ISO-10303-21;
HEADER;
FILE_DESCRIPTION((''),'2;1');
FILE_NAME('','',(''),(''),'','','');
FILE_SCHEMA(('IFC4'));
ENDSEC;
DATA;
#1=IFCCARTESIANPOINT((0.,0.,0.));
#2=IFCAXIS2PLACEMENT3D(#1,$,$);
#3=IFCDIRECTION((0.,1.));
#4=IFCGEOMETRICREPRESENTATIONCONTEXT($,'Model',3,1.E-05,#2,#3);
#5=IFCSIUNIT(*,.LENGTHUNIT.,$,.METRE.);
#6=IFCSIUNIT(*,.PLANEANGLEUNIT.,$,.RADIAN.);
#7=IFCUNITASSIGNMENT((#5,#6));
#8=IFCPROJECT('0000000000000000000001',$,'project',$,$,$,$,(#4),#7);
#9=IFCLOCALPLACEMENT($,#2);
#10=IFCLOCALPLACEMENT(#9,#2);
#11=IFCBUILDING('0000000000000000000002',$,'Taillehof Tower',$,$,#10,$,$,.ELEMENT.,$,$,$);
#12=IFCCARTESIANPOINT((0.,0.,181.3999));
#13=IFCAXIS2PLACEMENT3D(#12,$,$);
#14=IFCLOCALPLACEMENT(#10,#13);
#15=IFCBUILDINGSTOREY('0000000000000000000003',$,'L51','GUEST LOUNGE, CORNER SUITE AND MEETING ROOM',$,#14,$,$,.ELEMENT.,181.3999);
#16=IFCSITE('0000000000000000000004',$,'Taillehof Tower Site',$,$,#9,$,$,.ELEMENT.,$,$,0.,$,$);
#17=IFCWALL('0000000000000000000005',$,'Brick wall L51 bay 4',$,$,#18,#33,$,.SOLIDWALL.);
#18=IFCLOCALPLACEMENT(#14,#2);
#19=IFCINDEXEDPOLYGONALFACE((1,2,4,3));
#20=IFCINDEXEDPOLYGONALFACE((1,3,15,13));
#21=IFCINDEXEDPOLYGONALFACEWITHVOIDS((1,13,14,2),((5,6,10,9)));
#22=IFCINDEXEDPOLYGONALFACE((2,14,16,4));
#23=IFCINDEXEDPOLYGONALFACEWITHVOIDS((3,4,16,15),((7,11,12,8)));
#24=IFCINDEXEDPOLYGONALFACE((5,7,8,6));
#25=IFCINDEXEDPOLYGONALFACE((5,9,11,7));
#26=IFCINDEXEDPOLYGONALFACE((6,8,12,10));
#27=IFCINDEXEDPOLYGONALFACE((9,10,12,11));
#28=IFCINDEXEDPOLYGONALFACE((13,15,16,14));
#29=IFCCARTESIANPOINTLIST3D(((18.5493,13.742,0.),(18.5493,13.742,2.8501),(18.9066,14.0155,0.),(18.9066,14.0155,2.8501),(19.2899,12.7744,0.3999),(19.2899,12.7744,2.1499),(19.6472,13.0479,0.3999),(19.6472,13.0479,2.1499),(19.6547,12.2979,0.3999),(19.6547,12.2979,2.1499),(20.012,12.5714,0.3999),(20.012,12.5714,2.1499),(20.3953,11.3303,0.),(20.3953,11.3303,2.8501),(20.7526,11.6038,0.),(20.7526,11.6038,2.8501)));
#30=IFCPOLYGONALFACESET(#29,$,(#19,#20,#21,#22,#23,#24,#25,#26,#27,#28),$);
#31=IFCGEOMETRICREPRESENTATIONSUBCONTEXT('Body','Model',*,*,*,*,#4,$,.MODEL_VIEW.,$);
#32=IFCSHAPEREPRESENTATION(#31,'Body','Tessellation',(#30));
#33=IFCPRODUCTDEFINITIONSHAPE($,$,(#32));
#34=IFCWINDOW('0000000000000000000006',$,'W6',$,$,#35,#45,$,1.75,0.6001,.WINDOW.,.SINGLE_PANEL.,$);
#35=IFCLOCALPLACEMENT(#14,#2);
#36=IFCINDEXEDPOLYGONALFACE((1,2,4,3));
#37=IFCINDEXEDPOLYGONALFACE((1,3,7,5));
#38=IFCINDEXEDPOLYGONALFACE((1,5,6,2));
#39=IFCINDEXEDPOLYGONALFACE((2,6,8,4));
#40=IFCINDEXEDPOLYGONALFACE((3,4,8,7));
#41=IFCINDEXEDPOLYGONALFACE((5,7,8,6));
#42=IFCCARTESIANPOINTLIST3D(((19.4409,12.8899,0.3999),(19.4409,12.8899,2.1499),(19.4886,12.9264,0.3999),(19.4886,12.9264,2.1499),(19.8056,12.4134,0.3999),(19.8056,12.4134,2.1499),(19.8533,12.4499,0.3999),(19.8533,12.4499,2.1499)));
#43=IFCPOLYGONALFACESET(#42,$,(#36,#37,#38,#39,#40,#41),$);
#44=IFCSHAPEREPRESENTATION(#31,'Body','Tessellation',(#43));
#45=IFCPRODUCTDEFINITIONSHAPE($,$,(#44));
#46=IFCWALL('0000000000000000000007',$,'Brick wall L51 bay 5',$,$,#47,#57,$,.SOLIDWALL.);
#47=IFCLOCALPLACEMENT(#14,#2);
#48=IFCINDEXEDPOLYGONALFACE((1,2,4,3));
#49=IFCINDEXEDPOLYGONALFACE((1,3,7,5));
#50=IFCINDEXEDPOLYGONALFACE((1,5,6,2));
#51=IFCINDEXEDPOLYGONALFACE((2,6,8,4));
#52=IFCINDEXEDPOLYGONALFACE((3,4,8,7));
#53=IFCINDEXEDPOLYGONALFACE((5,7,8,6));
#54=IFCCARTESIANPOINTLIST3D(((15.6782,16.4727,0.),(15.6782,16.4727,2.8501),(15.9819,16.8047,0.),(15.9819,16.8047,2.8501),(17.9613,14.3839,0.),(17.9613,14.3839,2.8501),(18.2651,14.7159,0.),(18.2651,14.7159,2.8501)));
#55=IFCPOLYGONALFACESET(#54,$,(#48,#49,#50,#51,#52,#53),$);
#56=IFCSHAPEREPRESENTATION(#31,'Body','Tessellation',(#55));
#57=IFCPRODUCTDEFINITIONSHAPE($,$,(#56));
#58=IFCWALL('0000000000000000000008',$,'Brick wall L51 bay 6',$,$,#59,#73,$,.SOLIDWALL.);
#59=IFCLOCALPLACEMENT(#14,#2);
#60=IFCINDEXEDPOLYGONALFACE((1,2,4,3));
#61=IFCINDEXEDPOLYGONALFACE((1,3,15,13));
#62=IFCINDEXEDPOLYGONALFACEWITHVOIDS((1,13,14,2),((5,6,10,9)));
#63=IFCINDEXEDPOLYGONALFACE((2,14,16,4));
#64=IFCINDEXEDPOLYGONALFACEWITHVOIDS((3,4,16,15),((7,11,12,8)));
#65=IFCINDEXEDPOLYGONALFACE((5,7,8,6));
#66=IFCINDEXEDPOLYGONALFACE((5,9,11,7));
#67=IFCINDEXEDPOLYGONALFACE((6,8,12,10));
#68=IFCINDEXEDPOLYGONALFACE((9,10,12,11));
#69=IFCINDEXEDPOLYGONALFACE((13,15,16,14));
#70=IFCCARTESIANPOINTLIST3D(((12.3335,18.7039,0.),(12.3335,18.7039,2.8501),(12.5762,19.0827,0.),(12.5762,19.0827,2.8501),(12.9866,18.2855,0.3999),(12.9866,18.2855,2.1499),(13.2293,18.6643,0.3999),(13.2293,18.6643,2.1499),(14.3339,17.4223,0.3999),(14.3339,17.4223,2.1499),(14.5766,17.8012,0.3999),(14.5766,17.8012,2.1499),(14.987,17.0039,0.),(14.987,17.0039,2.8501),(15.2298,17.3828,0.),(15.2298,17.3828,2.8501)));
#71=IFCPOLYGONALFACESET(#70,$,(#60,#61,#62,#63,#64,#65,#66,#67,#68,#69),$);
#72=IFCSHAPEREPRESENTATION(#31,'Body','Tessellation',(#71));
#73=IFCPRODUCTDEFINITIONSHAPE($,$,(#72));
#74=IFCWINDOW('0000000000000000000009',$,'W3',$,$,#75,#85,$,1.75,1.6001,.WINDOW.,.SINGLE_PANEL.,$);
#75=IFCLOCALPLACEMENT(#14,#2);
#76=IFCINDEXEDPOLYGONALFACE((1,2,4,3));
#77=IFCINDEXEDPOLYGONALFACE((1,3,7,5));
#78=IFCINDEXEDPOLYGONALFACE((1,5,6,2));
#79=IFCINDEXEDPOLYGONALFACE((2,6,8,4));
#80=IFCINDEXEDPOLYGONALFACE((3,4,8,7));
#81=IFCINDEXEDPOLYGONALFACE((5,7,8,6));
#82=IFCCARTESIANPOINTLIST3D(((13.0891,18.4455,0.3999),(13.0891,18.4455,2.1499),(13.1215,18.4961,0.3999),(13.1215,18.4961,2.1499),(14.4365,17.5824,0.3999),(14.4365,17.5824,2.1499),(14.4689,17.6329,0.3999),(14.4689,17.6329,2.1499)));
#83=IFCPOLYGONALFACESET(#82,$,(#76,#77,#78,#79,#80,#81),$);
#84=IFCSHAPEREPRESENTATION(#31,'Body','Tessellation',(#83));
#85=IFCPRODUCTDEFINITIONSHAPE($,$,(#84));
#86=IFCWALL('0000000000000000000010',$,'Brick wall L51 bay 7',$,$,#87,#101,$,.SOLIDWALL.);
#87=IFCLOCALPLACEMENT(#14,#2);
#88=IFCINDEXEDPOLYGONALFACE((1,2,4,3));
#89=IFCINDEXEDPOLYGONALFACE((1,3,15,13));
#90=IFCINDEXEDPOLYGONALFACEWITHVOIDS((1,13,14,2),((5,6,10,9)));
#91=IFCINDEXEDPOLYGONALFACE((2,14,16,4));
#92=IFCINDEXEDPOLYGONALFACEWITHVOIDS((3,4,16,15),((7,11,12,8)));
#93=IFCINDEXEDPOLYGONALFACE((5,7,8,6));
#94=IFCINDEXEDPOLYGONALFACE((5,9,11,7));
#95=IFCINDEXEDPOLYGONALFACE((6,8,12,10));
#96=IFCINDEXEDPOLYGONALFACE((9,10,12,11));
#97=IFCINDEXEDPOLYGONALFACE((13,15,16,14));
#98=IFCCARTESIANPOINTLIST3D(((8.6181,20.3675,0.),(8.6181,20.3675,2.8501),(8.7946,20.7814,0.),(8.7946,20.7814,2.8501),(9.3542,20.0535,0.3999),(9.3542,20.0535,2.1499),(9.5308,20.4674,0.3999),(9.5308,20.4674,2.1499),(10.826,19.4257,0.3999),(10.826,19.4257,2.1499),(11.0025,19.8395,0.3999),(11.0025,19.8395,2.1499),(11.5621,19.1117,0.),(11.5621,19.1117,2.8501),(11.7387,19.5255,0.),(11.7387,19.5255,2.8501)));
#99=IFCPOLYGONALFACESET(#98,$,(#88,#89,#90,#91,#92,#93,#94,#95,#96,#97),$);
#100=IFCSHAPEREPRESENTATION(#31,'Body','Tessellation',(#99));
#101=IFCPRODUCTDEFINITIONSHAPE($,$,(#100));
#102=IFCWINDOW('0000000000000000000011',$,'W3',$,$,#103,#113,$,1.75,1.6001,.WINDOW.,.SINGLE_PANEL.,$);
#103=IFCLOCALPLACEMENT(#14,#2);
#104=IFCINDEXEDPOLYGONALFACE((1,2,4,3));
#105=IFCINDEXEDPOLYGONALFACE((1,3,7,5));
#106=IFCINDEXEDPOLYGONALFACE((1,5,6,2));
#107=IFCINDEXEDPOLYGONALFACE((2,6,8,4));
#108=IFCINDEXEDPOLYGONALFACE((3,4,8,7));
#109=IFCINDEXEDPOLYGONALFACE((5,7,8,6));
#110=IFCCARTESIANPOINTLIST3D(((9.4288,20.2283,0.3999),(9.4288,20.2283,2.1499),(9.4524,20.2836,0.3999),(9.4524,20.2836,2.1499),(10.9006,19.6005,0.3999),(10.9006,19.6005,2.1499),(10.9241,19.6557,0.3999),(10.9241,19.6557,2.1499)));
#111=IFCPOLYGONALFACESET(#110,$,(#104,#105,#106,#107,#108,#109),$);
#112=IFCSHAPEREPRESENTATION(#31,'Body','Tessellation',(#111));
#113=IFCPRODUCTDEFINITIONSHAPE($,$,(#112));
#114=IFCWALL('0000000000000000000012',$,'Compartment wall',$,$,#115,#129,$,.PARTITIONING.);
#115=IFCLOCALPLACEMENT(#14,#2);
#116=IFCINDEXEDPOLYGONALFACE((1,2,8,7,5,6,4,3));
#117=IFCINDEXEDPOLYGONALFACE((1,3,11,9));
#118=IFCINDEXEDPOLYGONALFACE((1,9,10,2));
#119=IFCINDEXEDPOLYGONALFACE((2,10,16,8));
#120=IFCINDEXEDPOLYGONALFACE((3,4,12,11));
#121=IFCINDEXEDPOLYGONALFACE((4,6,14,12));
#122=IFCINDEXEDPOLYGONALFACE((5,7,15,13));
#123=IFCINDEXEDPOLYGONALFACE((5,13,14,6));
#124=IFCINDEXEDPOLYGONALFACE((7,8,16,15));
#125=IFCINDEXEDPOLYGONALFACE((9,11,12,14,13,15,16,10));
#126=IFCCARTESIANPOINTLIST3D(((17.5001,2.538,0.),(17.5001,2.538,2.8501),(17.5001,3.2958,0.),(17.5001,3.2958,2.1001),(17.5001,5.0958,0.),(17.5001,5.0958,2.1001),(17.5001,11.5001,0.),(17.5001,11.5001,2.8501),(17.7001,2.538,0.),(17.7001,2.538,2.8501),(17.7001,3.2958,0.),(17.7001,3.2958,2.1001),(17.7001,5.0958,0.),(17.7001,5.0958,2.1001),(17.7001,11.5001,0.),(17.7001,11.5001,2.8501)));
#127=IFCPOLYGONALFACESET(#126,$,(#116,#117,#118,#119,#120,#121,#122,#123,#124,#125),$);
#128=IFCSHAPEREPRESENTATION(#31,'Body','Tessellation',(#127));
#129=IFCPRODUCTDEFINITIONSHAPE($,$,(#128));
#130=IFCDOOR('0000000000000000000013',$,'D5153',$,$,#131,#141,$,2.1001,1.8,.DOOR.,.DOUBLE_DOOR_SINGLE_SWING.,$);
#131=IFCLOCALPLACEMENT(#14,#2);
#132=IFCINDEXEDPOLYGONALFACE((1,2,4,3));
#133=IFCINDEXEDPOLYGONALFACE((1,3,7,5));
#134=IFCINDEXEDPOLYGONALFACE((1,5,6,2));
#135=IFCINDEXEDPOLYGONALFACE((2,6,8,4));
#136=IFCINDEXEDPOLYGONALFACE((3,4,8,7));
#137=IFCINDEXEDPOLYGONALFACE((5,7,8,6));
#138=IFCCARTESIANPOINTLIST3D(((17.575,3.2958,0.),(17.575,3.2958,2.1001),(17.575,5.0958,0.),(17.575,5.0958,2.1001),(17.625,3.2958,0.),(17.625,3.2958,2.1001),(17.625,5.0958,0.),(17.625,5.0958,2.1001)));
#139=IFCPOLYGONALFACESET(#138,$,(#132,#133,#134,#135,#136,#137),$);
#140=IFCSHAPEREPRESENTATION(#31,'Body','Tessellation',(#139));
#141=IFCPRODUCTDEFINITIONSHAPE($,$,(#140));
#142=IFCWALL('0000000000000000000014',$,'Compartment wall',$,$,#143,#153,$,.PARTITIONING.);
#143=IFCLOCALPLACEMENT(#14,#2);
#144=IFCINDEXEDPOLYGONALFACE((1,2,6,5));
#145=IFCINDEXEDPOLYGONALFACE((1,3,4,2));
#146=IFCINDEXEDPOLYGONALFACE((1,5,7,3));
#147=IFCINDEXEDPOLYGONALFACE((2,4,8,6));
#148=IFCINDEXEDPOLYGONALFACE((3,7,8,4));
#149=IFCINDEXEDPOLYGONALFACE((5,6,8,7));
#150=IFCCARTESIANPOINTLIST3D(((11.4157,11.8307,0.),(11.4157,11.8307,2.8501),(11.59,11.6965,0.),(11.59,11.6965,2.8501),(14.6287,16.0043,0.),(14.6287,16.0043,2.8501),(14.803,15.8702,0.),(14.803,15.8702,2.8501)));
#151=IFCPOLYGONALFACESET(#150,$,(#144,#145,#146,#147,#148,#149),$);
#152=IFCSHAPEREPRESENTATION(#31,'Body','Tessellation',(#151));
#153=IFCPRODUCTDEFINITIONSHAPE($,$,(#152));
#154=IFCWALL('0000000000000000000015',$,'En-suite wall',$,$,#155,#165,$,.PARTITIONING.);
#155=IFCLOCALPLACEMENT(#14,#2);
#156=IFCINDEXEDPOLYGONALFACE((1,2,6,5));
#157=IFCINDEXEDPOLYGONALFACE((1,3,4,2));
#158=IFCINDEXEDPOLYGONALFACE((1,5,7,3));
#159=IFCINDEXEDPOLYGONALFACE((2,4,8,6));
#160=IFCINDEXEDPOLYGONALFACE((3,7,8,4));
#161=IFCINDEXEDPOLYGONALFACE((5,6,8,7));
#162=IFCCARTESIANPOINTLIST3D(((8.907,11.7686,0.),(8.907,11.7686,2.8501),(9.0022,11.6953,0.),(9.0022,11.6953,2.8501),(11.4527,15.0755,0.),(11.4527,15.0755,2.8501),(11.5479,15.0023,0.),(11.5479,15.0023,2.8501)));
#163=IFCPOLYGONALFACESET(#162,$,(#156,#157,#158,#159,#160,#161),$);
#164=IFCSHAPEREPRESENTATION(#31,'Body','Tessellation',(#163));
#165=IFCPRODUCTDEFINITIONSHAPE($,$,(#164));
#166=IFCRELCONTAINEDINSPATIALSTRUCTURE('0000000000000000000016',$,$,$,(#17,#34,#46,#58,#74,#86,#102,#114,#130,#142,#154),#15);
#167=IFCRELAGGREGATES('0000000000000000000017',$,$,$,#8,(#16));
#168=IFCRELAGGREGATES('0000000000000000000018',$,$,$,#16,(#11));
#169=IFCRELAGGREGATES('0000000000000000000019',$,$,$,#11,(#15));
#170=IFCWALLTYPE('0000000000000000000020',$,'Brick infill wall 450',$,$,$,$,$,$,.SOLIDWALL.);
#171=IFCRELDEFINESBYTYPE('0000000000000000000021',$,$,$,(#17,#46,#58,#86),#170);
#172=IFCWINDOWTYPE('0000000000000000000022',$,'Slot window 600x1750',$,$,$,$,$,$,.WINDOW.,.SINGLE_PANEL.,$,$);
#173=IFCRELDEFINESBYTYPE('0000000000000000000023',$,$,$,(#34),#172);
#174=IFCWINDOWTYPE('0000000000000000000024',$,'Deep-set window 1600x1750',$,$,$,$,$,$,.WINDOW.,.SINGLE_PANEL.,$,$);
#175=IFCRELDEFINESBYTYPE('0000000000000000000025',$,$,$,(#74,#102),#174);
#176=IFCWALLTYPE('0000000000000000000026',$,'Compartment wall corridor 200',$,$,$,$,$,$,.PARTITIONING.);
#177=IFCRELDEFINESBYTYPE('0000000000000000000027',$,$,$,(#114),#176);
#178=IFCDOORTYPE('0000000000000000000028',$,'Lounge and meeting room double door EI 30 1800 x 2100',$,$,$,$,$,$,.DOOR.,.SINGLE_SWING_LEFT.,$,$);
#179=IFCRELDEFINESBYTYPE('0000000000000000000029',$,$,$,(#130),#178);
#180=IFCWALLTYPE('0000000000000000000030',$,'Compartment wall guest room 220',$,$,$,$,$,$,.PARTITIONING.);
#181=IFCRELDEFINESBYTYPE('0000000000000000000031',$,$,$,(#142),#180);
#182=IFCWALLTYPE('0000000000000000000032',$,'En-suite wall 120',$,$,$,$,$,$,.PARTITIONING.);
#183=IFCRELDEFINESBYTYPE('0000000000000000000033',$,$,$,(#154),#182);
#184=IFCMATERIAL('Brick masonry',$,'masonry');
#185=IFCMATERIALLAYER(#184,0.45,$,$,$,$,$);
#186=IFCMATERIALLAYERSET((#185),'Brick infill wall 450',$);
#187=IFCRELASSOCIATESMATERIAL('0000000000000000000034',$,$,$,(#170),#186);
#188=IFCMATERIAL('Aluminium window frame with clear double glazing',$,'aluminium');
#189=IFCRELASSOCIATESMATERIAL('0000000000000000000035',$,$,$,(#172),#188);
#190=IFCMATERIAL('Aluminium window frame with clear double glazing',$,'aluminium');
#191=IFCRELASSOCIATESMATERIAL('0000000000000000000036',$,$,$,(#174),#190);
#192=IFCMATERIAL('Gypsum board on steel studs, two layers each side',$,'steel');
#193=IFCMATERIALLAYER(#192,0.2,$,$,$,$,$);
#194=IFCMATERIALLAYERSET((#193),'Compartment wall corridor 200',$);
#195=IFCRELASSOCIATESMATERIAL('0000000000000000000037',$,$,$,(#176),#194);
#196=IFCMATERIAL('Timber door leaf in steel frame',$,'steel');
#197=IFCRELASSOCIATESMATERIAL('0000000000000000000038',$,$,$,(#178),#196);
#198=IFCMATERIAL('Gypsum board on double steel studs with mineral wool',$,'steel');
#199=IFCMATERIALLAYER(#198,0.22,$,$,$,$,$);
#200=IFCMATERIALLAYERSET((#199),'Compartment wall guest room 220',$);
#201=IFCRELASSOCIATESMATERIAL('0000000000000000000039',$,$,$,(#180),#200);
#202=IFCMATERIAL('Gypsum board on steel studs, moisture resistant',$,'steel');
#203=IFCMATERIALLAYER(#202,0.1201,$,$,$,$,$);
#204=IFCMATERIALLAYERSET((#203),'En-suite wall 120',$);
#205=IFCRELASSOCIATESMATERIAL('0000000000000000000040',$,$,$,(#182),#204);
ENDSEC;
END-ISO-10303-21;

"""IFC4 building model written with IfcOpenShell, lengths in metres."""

from ifc_helpers import new_model, si_unit, direction, frame, frame_2d, origin, place, context, subcontext, project, spatial, rectangle, extrude, material, layer, layer_set, type_object, element, fill, save


model = new_model("IFC4")

# Units and contexts
model_context = context("Model", 3, precision=1e-05, world=origin(), true_north=direction((0.0, 1.0)))
body_context = subcontext(model_context, "Body", "Model", "MODEL_VIEW")
ifc_project = project(units=[si_unit("LENGTHUNIT", "METRE"), si_unit("PLANEANGLEUNIT", "RADIAN")], contexts=[model_context])

# Site, building, storey
site_placement = place(None, origin())
site = spatial("IfcSite", under=ifc_project, at=site_placement, Name="Taillehof Tower Site", CompositionType="ELEMENT", RefElevation=0.0)
building_placement = place(site_placement, origin())
building = spatial("IfcBuilding", under=site, at=building_placement, Name="Taillehof Tower", CompositionType="ELEMENT")
storey_placement = place(building_placement, frame((0.0, 0.0, 181.3999)))
storey = spatial("IfcBuildingStorey", under=building, at=storey_placement, Name="L51", Description="GUEST LOUNGE, CORNER SUITE AND MEETING ROOM", CompositionType="ELEMENT", Elevation=181.3999)

# Wall, opening, window
ifc_material_1 = material(Name="Brick masonry", Category="masonry")
ifc_layer_1 = layer(ifc_material_1, 0.45)
ifc_layer_set_1 = layer_set([ifc_layer_1], Name="Brick infill wall 450")
wall_type_1 = type_object("IfcWallType", Name="Brick infill wall 450", PredefinedType="SOLIDWALL", material=ifc_layer_set_1)
wall_1_placement = place(storey_placement, frame((20.574, 11.467, 0.0), z_axis=(0.0, 0.0, 1.0), x_axis=(-0.607817, 0.794077, 0.0)))
wall_1 = element("IfcWall", 1, at=wall_1_placement, inside=storey, type_object=wall_type_1, Name="Brick wall L51 bay 4", PredefinedType="SOLIDWALL", context=body_context, shape_type="SweptSolid", body=[
    extrude(rectangle(XDim=3.0371, YDim=0.45, at=frame_2d((1.5186, 0.0))), origin(), (0.0, 0.0, 1.0), 2.8501),
])
opening_1_placement = place(wall_1_placement, frame((1.2185, 0.0, 0.3999)))
opening_1 = element("IfcOpeningElement", 2, at=opening_1_placement, cuts=wall_1, PredefinedType="OPENING", context=body_context, shape_type="SweptSolid", body=[
    extrude(rectangle(XDim=0.6001, YDim=1.75, at=frame_2d((0.3, 0.875))), frame((0.0, 0.2349, 0.0), z_axis=(0.0, -1.0, 0.0), x_axis=(1.0, 0.0, 0.0)), (0.0, 0.0, 1.0), 0.47),
])
ifc_material_2 = material(Name="Aluminium window frame with clear double glazing", Category="aluminium")
window_type_1 = type_object("IfcWindowType", Name="Slot window 600x1750", PartitioningType="SINGLE_PANEL", PredefinedType="WINDOW", material=ifc_material_2)
window_1_placement = place(opening_1_placement, origin())
window_1 = element("IfcWindow", 3, at=window_1_placement, inside=storey, type_object=window_type_1, Name="W6", OverallHeight=1.75, OverallWidth=0.6001, PartitioningType="SINGLE_PANEL", PredefinedType="WINDOW", context=body_context, shape_type="SweptSolid", body=[
    extrude(rectangle(XDim=0.6001, YDim=1.75, at=frame_2d((0.3, 0.875))), frame((0.0, 0.0349, 0.0), z_axis=(0.0, -1.0, 0.0), x_axis=(1.0, 0.0, 0.0)), (0.0, 0.0, 1.0), 0.0601),
])
fill(opening_1, window_1)

# Wall
wall_2_placement = place(storey_placement, frame((18.1133, 14.5498, 0.0), z_axis=(0.0, 0.0, 1.0), x_axis=(-0.737809, 0.67501, 0.0)))
element("IfcWall", 4, at=wall_2_placement, inside=storey, type_object=wall_type_1, Name="Brick wall L51 bay 5", PredefinedType="SOLIDWALL", context=body_context, shape_type="SweptSolid", body=[
    extrude(rectangle(XDim=3.0945, YDim=0.45, at=frame_2d((1.5474, 0.0))), origin(), (0.0, 0.0, 1.0), 2.8501),
])

# Walls, openings, windows
wall_3_placement = place(storey_placement, frame((15.1084, 17.1934, 0.0), z_axis=(0.0, 0.0, 1.0), x_axis=(-0.842031, 0.53943, 0.0)))
wall_3 = element("IfcWall", 5, at=wall_3_placement, inside=storey, type_object=wall_type_1, Name="Brick wall L51 bay 6", PredefinedType="SOLIDWALL", context=body_context, shape_type="SweptSolid", body=[
    extrude(rectangle(XDim=3.1514, YDim=0.45, at=frame_2d((1.5757, 0.0))), origin(), (0.0, 0.0, 1.0), 2.8501),
])
opening_2_placement = place(wall_3_placement, frame((0.7756, 0.0, 0.3999)))
opening_2 = element("IfcOpeningElement", 6, at=opening_2_placement, cuts=wall_3, PredefinedType="OPENING", context=body_context, shape_type="SweptSolid", body=[
    extrude(rectangle(XDim=1.6001, YDim=1.75, at=frame_2d((0.8, 0.875))), frame((0.0, 0.2349, 0.0), z_axis=(0.0, -1.0, 0.0), x_axis=(1.0, 0.0, 0.0)), (0.0, 0.0, 1.0), 0.47),
])
ifc_material_3 = material(Name="Aluminium window frame with clear double glazing", Category="aluminium")
window_type_2 = type_object("IfcWindowType", Name="Deep-set window 1600x1750", PartitioningType="SINGLE_PANEL", PredefinedType="WINDOW", material=ifc_material_3)
window_2_placement = place(opening_2_placement, origin())
window_2 = element("IfcWindow", 7, at=window_2_placement, inside=storey, type_object=window_type_2, Name="W3", OverallHeight=1.75, OverallWidth=1.6001, PartitioningType="SINGLE_PANEL", PredefinedType="WINDOW", context=body_context, shape_type="SweptSolid", body=[
    extrude(rectangle(XDim=1.6001, YDim=1.75, at=frame_2d((0.8, 0.875))), frame((0.0, 0.0349, 0.0), z_axis=(0.0, -1.0, 0.0), x_axis=(1.0, 0.0, 0.0)), (0.0, 0.0, 1.0), 0.0601),
])
fill(opening_2, window_2)
wall_4_placement = place(storey_placement, frame((11.6504, 19.3186, 0.0), z_axis=(0.0, 0.0, 1.0), x_axis=(-0.91981, 0.392363, 0.0)))
wall_4 = element("IfcWall", 8, at=wall_4_placement, inside=storey, type_object=wall_type_1, Name="Brick wall L51 bay 7", PredefinedType="SOLIDWALL", context=body_context, shape_type="SweptSolid", body=[
    extrude(rectangle(XDim=3.2007, YDim=0.45, at=frame_2d((1.6003, 0.0))), origin(), (0.0, 0.0, 1.0), 2.8501),
])
opening_3_placement = place(wall_4_placement, frame((0.8003, 0.0, 0.3999)))
opening_3 = element("IfcOpeningElement", 9, at=opening_3_placement, cuts=wall_4, PredefinedType="OPENING", context=body_context, shape_type="SweptSolid", body=[
    extrude(rectangle(XDim=1.6001, YDim=1.75, at=frame_2d((0.8, 0.875))), frame((0.0, 0.2349, 0.0), z_axis=(0.0, -1.0, 0.0), x_axis=(1.0, 0.0, 0.0)), (0.0, 0.0, 1.0), 0.47),
])
window_3_placement = place(opening_3_placement, origin())
window_3 = element("IfcWindow", 10, at=window_3_placement, inside=storey, type_object=window_type_2, Name="W3", OverallHeight=1.75, OverallWidth=1.6001, PartitioningType="SINGLE_PANEL", PredefinedType="WINDOW", context=body_context, shape_type="SweptSolid", body=[
    extrude(rectangle(XDim=1.6001, YDim=1.75, at=frame_2d((0.8, 0.875))), frame((0.0, 0.0349, 0.0), z_axis=(0.0, -1.0, 0.0), x_axis=(1.0, 0.0, 0.0)), (0.0, 0.0, 1.0), 0.0601),
])
fill(opening_3, window_3)

# Wall, opening, door
ifc_material_4 = material(Name="Gypsum board on steel studs, two layers each side", Category="steel")
ifc_layer_2 = layer(ifc_material_4, 0.2)
ifc_layer_set_2 = layer_set([ifc_layer_2], Name="Compartment wall corridor 200")
wall_type_2 = type_object("IfcWallType", Name="Compartment wall corridor 200", PredefinedType="PARTITIONING", material=ifc_layer_set_2)
wall_5_placement = place(storey_placement, frame((17.6001, 11.5, 0.0), z_axis=(0.0, 0.0, 1.0), x_axis=(0.0, -1.0, 0.0)))
wall_5 = element("IfcWall", 11, at=wall_5_placement, inside=storey, type_object=wall_type_2, Name="Compartment wall", PredefinedType="PARTITIONING", context=body_context, shape_type="SweptSolid", body=[
    extrude(rectangle(XDim=8.9622, YDim=0.2, at=frame_2d((4.481, 0.0))), origin(), (0.0, 0.0, 1.0), 2.8501),
])
opening_4_placement = place(wall_5_placement, frame((6.4043, 0.0, 0.0)))
opening_4 = element("IfcOpeningElement", 12, at=opening_4_placement, cuts=wall_5, PredefinedType="OPENING", context=body_context, shape_type="SweptSolid", body=[
    extrude(rectangle(XDim=1.8, YDim=2.1001, at=frame_2d((0.8999, 1.05))), frame((0.0, 0.1099, 0.0), z_axis=(0.0, -1.0, 0.0), x_axis=(1.0, 0.0, 0.0)), (0.0, 0.0, 1.0), 0.22),
])
ifc_material_5 = material(Name="Timber door leaf in steel frame", Category="steel")
door_type_1 = type_object("IfcDoorType", Name="Lounge and meeting room double door EI 30 1800 x 2100", OperationType="SINGLE_SWING_LEFT", PredefinedType="DOOR", material=ifc_material_5)
door_1_placement = place(opening_4_placement, origin())
door_1 = element("IfcDoor", 13, at=door_1_placement, inside=storey, type_object=door_type_1, Name="D5153", OperationType="DOUBLE_DOOR_SINGLE_SWING", OverallHeight=2.1001, OverallWidth=1.8, PredefinedType="DOOR", context=body_context, shape_type="SweptSolid", body=[
    extrude(rectangle(XDim=1.8, YDim=2.1001, at=frame_2d((0.8999, 1.05))), frame((0.0, 0.0249, 0.0), z_axis=(0.0, -1.0, 0.0), x_axis=(1.0, 0.0, 0.0)), (0.0, 0.0, 1.0), 0.05),
])
fill(opening_4, door_1)

# Walls
ifc_material_6 = material(Name="Gypsum board on double steel studs with mineral wool", Category="steel")
ifc_layer_3 = layer(ifc_material_6, 0.22)
ifc_layer_set_3 = layer_set([ifc_layer_3], Name="Compartment wall guest room 220")
wall_type_3 = type_object("IfcWallType", Name="Compartment wall guest room 220", PredefinedType="PARTITIONING", material=ifc_layer_set_3)
wall_6_placement = place(storey_placement, frame((14.7158, 15.9373, 0.0), z_axis=(0.0, 0.0, 1.0), x_axis=(-0.610002, -0.7924, 0.0)))
element("IfcWall", 14, at=wall_6_placement, inside=storey, type_object=wall_type_3, Name="Compartment wall", PredefinedType="PARTITIONING", context=body_context, shape_type="SweptSolid", body=[
    extrude(rectangle(XDim=5.2671, YDim=0.22, at=frame_2d((2.6335, 0.0))), origin(), (0.0, 0.0, 1.0), 2.8501),
])
ifc_material_7 = material(Name="Gypsum board on steel studs, moisture resistant", Category="steel")
ifc_layer_4 = layer(ifc_material_7, 0.1201)
ifc_layer_set_4 = layer_set([ifc_layer_4], Name="En-suite wall 120")
wall_type_4 = type_object("IfcWallType", Name="En-suite wall 120", PredefinedType="PARTITIONING", material=ifc_layer_set_4)
wall_7_placement = place(storey_placement, frame((8.9546, 11.7319, 0.0), z_axis=(0.0, 0.0, 1.0), x_axis=(0.609996, 0.792404, 0.0)))
element("IfcWall", 15, at=wall_7_placement, inside=storey, type_object=wall_type_4, Name="En-suite wall", PredefinedType="PARTITIONING", context=body_context, shape_type="SweptSolid", body=[
    extrude(rectangle(XDim=4.1733, YDim=0.1201, at=frame_2d((2.0867, 0.0))), origin(), (0.0, 0.0, 1.0), 2.8501),
])

save(model, "model.ifc")
